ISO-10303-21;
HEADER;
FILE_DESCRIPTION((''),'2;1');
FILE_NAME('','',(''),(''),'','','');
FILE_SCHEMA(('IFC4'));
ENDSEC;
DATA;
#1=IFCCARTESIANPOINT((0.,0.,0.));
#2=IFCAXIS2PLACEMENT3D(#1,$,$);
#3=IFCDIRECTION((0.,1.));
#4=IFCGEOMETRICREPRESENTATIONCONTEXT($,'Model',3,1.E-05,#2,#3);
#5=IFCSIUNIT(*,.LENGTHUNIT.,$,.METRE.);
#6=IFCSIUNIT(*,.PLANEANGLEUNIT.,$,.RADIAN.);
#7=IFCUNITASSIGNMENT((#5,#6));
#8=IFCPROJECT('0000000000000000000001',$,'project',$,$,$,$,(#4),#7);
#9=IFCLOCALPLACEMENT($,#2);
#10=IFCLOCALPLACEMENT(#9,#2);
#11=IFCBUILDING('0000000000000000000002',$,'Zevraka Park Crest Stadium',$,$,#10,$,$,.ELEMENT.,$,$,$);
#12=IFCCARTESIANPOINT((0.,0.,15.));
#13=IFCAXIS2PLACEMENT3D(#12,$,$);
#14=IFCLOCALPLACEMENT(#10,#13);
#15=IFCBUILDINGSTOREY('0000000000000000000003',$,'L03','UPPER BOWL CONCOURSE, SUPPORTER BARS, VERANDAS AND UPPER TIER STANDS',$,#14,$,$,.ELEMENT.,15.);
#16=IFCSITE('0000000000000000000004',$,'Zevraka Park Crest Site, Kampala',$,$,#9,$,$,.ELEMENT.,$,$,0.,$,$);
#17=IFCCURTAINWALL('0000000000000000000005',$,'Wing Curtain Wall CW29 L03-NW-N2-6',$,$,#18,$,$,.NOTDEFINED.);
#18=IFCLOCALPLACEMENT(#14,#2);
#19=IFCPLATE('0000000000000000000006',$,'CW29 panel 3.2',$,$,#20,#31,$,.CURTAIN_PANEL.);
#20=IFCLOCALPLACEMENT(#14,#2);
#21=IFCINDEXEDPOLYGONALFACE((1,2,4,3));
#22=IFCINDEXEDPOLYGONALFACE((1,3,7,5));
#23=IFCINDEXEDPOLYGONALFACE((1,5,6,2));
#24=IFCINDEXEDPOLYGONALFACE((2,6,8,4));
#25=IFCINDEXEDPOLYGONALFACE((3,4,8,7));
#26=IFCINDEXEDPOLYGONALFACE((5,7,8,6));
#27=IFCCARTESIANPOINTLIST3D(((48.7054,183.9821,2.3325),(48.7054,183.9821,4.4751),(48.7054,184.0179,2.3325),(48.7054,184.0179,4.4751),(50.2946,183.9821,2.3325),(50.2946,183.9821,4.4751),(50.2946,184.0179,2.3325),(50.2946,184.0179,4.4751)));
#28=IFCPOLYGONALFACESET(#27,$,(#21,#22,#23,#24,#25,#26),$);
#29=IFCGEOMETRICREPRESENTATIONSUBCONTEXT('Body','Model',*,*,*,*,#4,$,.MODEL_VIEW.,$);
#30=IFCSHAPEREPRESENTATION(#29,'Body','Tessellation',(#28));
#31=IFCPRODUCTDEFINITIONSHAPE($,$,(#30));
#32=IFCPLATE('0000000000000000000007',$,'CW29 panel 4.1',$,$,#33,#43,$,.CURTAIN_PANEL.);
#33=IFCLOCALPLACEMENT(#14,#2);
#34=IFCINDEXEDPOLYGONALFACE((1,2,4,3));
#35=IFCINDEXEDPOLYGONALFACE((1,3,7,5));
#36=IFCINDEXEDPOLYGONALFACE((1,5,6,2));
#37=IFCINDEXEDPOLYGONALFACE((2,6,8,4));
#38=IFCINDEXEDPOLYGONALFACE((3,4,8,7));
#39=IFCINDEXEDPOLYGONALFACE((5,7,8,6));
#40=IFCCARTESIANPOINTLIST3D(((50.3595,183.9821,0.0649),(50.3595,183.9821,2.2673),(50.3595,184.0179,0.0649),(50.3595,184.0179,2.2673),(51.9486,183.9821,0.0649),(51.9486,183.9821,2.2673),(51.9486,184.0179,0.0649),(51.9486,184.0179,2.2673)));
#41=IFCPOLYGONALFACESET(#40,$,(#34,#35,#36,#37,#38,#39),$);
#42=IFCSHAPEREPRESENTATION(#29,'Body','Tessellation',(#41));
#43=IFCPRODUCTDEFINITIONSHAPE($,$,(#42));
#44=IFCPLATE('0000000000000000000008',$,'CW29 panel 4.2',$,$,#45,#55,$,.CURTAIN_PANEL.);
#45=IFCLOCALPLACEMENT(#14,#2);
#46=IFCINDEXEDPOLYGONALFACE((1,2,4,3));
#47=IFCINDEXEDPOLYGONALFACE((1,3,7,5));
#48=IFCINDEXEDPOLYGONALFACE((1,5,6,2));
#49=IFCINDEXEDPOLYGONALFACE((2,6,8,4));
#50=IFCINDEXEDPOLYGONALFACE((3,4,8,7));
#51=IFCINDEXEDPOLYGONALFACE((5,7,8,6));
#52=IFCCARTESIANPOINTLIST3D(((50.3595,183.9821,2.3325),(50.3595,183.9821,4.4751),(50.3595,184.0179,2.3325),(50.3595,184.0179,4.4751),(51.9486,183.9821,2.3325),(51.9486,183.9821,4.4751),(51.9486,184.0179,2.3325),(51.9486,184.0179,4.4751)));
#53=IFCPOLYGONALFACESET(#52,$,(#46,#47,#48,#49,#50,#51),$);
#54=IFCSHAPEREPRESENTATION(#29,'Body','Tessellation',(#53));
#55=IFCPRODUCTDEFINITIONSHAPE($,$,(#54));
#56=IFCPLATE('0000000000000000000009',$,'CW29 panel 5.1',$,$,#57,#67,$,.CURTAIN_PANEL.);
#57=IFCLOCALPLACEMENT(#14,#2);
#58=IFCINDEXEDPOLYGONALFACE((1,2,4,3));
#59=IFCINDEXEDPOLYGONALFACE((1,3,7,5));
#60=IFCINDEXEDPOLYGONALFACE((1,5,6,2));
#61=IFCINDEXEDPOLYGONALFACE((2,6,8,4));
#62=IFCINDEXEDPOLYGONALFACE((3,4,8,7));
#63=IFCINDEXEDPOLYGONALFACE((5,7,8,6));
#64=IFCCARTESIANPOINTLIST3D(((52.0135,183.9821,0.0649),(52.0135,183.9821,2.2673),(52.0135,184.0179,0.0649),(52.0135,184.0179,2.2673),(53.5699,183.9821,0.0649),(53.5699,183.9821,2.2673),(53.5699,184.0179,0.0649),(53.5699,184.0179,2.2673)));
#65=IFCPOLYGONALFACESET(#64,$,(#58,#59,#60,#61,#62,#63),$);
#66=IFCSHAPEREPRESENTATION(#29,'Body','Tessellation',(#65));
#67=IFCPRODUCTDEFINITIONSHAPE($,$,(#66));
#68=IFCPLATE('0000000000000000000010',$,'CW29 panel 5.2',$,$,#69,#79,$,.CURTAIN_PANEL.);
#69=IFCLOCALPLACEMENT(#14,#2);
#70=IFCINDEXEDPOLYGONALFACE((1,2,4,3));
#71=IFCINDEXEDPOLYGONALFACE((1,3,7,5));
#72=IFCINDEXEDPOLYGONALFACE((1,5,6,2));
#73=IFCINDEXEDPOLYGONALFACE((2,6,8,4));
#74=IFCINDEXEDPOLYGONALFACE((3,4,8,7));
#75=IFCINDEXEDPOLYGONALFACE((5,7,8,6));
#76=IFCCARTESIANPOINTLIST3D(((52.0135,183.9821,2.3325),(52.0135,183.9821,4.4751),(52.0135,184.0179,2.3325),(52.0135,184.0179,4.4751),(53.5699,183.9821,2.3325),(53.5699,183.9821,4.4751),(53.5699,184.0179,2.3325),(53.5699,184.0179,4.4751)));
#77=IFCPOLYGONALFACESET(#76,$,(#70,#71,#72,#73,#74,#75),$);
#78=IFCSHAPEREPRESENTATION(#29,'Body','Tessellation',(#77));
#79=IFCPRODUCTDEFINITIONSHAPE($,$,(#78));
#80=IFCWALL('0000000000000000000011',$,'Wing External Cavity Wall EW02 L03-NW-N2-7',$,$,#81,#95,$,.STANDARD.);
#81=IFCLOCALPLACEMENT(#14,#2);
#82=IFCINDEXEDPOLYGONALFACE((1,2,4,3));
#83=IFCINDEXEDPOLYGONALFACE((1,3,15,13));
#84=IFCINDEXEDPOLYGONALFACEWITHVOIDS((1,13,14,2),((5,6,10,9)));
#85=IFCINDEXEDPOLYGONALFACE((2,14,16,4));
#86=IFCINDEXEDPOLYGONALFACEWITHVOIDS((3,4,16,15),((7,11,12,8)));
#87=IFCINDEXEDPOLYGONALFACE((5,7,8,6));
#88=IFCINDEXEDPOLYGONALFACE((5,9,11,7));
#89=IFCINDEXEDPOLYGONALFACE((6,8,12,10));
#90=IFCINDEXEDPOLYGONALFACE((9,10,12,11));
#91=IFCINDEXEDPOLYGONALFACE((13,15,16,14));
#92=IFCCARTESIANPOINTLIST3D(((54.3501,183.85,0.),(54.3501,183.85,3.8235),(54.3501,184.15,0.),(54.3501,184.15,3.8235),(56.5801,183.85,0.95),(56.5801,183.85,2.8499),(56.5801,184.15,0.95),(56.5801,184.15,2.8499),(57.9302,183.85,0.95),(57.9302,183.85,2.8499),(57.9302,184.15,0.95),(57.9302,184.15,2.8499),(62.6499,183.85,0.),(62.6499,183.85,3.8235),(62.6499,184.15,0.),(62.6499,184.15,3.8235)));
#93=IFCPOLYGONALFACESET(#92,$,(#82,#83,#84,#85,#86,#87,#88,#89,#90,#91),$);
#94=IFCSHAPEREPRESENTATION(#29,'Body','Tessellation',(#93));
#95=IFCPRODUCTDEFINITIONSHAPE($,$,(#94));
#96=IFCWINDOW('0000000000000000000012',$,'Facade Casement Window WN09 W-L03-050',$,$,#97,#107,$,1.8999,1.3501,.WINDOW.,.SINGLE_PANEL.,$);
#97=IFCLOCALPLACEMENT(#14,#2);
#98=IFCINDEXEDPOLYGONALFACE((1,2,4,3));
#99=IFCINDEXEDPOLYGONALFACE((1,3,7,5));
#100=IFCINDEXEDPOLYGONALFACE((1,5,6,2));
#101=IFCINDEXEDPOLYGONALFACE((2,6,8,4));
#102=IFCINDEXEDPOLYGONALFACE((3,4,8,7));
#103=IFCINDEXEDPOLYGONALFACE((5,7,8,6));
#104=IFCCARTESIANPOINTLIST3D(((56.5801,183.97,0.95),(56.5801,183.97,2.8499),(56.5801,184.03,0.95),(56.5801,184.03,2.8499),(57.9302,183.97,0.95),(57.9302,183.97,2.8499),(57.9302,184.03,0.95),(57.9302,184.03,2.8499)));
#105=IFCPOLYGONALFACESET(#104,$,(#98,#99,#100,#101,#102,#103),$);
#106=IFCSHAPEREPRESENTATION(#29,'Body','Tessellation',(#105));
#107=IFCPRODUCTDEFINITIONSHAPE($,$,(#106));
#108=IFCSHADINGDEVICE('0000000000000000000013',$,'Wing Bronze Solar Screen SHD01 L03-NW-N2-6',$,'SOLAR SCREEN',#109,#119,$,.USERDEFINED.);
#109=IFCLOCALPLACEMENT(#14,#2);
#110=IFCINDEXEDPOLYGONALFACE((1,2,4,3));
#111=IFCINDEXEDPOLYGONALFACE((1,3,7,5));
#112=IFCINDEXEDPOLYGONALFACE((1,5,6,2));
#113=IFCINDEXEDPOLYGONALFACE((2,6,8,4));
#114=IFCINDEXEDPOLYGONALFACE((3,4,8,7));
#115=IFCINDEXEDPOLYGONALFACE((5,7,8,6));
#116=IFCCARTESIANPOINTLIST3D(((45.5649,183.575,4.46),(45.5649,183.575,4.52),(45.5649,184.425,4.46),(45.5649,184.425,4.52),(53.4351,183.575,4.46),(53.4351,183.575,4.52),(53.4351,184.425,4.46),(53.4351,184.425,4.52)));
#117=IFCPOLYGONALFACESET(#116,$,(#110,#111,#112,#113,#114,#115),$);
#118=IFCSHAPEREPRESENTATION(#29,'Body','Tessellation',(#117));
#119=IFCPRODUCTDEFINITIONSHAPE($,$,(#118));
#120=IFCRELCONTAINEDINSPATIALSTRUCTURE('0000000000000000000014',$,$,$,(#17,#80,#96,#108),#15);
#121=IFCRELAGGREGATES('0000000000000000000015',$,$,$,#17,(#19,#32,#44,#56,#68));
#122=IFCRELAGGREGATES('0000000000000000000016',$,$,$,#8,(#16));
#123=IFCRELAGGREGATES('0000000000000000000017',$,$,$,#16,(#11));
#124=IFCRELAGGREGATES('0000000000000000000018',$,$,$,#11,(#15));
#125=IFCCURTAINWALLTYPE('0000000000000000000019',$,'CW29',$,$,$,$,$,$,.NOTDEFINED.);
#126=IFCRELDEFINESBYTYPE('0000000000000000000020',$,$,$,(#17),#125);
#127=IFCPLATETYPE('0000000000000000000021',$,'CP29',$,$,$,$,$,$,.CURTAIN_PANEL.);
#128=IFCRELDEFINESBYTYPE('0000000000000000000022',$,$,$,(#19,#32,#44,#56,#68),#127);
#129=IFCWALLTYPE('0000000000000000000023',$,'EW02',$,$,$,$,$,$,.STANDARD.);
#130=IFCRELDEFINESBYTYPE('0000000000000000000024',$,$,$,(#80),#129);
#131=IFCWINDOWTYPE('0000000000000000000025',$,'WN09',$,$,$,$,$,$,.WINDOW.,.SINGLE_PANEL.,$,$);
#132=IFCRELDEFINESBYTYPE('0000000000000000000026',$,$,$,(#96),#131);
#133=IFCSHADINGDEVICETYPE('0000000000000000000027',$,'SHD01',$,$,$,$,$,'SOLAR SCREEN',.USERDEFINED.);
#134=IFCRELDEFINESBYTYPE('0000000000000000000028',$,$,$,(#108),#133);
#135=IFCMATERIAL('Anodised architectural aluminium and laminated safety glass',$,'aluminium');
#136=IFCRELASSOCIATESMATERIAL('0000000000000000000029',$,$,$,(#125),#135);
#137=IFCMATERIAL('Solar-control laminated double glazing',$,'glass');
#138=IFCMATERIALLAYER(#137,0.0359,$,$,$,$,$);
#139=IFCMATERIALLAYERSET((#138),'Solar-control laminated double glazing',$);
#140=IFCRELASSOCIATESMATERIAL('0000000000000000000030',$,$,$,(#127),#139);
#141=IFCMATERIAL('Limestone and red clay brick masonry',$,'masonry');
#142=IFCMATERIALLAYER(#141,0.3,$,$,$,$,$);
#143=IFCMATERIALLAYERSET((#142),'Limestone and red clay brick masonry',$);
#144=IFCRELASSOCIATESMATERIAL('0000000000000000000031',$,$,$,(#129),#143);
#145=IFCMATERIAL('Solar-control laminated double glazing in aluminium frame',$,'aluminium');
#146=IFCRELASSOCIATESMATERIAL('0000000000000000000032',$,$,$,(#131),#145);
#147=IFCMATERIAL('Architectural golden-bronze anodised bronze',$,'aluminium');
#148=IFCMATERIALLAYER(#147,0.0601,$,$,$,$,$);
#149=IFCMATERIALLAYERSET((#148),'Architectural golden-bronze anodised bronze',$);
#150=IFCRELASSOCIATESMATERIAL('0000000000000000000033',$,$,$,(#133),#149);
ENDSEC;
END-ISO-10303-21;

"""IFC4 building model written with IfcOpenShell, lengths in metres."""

from ifc_helpers import new_model, si_unit, direction, frame, frame_2d, origin, origin_2d, place, context, subcontext, project, spatial, rectangle, extrude, material, layer, layer_set, type_object, element, fill, aggregate, save


model = new_model("IFC4")

# Units and contexts
model_context = context("Model", 3, precision=1e-05, world=origin(), true_north=direction((0.0, 1.0)))
body_context = subcontext(model_context, "Body", "Model", "MODEL_VIEW")
ifc_project = project(units=[si_unit("LENGTHUNIT", "METRE"), si_unit("PLANEANGLEUNIT", "RADIAN")], contexts=[model_context])

# Site, building, storey
site_placement = place(None, origin())
site = spatial("IfcSite", under=ifc_project, at=site_placement, Name="Zevraka Park Crest Site, Kampala", CompositionType="ELEMENT", RefElevation=0.0)
building_placement = place(site_placement, origin())
building = spatial("IfcBuilding", under=site, at=building_placement, Name="Zevraka Park Crest Stadium", CompositionType="ELEMENT")
storey_placement = place(building_placement, frame((0.0, 0.0, 15.0)))
storey = spatial("IfcBuildingStorey", under=building, at=storey_placement, Name="L03", Description="UPPER BOWL CONCOURSE, SUPPORTER BARS, VERANDAS AND UPPER TIER STANDS", CompositionType="ELEMENT", Elevation=15.0)

# Curtain wall, plates
ifc_material_1 = material(Name="Anodised architectural aluminium and laminated safety glass", Category="aluminium")
curtain_wall_type = type_object("IfcCurtainWallType", Name="CW29", PredefinedType="NOTDEFINED", material=ifc_material_1)
curtain_wall_placement = place(storey_placement, origin())
curtain_wall = element("IfcCurtainWall", 1, at=curtain_wall_placement, inside=storey, type_object=curtain_wall_type, Name="Wing Curtain Wall CW29 L03-NW-N2-6", PredefinedType="NOTDEFINED")
ifc_material_2 = material(Name="Solar-control laminated double glazing", Category="glass")
ifc_layer_1 = layer(ifc_material_2, 0.0359)
ifc_layer_set_1 = layer_set([ifc_layer_1], Name="Solar-control laminated double glazing")
plate_type = type_object("IfcPlateType", Name="CP29", PredefinedType="CURTAIN_PANEL", material=ifc_layer_set_1)
plate_1_placement = place(storey_placement, frame((49.5, 184.0, 2.3325), z_axis=(0.0, 0.0, 1.0), x_axis=(1.0, 0.0, 0.0)))
plate_1 = element("IfcPlate", 2, at=plate_1_placement, type_object=plate_type, Name="CW29 panel 3.2", PredefinedType="CURTAIN_PANEL", context=body_context, shape_type="SweptSolid", body=[
    extrude(rectangle(XDim=1.5891, YDim=0.0359, at=origin_2d()), origin(), (0.0, 0.0, 1.0), 2.1426),
])
plate_2_placement = place(storey_placement, frame((51.1541, 184.0, 0.0649), z_axis=(0.0, 0.0, 1.0), x_axis=(1.0, 0.0, 0.0)))
plate_2 = element("IfcPlate", 3, at=plate_2_placement, type_object=plate_type, Name="CW29 panel 4.1", PredefinedType="CURTAIN_PANEL", context=body_context, shape_type="SweptSolid", body=[
    extrude(rectangle(XDim=1.5891, YDim=0.0359, at=origin_2d()), origin(), (0.0, 0.0, 1.0), 2.2024),
])
plate_3_placement = place(storey_placement, frame((51.1541, 184.0, 2.3325), z_axis=(0.0, 0.0, 1.0), x_axis=(1.0, 0.0, 0.0)))
plate_3 = element("IfcPlate", 4, at=plate_3_placement, type_object=plate_type, Name="CW29 panel 4.2", PredefinedType="CURTAIN_PANEL", context=body_context, shape_type="SweptSolid", body=[
    extrude(rectangle(XDim=1.5891, YDim=0.0359, at=origin_2d()), origin(), (0.0, 0.0, 1.0), 2.1426),
])
plate_4_placement = place(storey_placement, frame((52.7917, 184.0, 0.0649), z_axis=(0.0, 0.0, 1.0), x_axis=(1.0, 0.0, 0.0)))
plate_4 = element("IfcPlate", 5, at=plate_4_placement, type_object=plate_type, Name="CW29 panel 5.1", PredefinedType="CURTAIN_PANEL", context=body_context, shape_type="SweptSolid", body=[
    extrude(rectangle(XDim=1.5564, YDim=0.0359, at=origin_2d()), origin(), (0.0, 0.0, 1.0), 2.2024),
])
plate_5_placement = place(storey_placement, frame((52.7917, 184.0, 2.3325), z_axis=(0.0, 0.0, 1.0), x_axis=(1.0, 0.0, 0.0)))
plate_5 = element("IfcPlate", 6, at=plate_5_placement, type_object=plate_type, Name="CW29 panel 5.2", PredefinedType="CURTAIN_PANEL", context=body_context, shape_type="SweptSolid", body=[
    extrude(rectangle(XDim=1.5564, YDim=0.0359, at=origin_2d()), origin(), (0.0, 0.0, 1.0), 2.1426),
])
aggregate(curtain_wall, [plate_1, plate_2, plate_3, plate_4, plate_5])

# Wall, opening, window
ifc_material_3 = material(Name="Limestone and red clay brick masonry", Category="masonry")
ifc_layer_2 = layer(ifc_material_3, 0.3)
ifc_layer_set_2 = layer_set([ifc_layer_2], Name="Limestone and red clay brick masonry")
wall_type = type_object("IfcWallType", Name="EW02", PredefinedType="STANDARD", material=ifc_layer_set_2)
wall_placement = place(storey_placement, frame((54.3501, 184.0, 0.0), z_axis=(0.0, 0.0, 1.0), x_axis=(1.0, 0.0, 0.0)))
wall = element("IfcWall", 7, at=wall_placement, inside=storey, type_object=wall_type, Name="Wing External Cavity Wall EW02 L03-NW-N2-7", PredefinedType="STANDARD", context=body_context, shape_type="SweptSolid", body=[
    extrude(rectangle(XDim=8.2998, YDim=0.3, at=frame_2d((4.1499, 0.0))), origin(), (0.0, 0.0, 1.0), 3.8235),
])
opening_placement = place(wall_placement, frame((2.23, 0.0, 0.95)))
opening = element("IfcOpeningElement", 8, at=opening_placement, cuts=wall, PredefinedType="OPENING", context=body_context, shape_type="SweptSolid", body=[
    extrude(rectangle(XDim=1.3501, YDim=1.8999, at=frame_2d((0.675, 0.95))), frame((0.0, 0.1599, 0.0), z_axis=(0.0, -1.0, 0.0), x_axis=(1.0, 0.0, 0.0)), (0.0, 0.0, 1.0), 0.3201),
])
ifc_material_4 = material(Name="Solar-control laminated double glazing in aluminium frame", Category="aluminium")
window_type = type_object("IfcWindowType", Name="WN09", PartitioningType="SINGLE_PANEL", PredefinedType="WINDOW", material=ifc_material_4)
window_placement = place(opening_placement, origin())
window = element("IfcWindow", 9, at=window_placement, inside=storey, type_object=window_type, Name="Facade Casement Window WN09 W-L03-050", OverallHeight=1.8999, OverallWidth=1.3501, PartitioningType="SINGLE_PANEL", PredefinedType="WINDOW", context=body_context, shape_type="SweptSolid", body=[
    extrude(rectangle(XDim=1.3501, YDim=1.8999, at=frame_2d((0.675, 0.95))), frame((0.0, 0.03, 0.0), z_axis=(0.0, -1.0, 0.0), x_axis=(1.0, 0.0, 0.0)), (0.0, 0.0, 1.0), 0.0601),
])
fill(opening, window)

# Shading device
ifc_material_5 = material(Name="Architectural golden-bronze anodised bronze", Category="aluminium")
ifc_layer_3 = layer(ifc_material_5, 0.0601)
ifc_layer_set_3 = layer_set([ifc_layer_3], Name="Architectural golden-bronze anodised bronze")
shading_device_type = type_object("IfcShadingDeviceType", Name="SHD01", ElementType="SOLAR SCREEN", PredefinedType="USERDEFINED", material=ifc_layer_set_3)
shading_device_placement = place(storey_placement, frame((49.5, 184.0, 4.46), z_axis=(0.0, 0.0, 1.0), x_axis=(1.0, 0.0, 0.0)))
element("IfcShadingDevice", 10, at=shading_device_placement, inside=storey, type_object=shading_device_type, Name="Wing Bronze Solar Screen SHD01 L03-NW-N2-6", ObjectType="SOLAR SCREEN", PredefinedType="USERDEFINED", context=body_context, shape_type="SweptSolid", body=[
    extrude(rectangle(XDim=7.8701, YDim=0.8501, at=origin_2d()), origin(), (0.0, 0.0, 1.0), 0.0601),
])

save(model, "model.ifc")
